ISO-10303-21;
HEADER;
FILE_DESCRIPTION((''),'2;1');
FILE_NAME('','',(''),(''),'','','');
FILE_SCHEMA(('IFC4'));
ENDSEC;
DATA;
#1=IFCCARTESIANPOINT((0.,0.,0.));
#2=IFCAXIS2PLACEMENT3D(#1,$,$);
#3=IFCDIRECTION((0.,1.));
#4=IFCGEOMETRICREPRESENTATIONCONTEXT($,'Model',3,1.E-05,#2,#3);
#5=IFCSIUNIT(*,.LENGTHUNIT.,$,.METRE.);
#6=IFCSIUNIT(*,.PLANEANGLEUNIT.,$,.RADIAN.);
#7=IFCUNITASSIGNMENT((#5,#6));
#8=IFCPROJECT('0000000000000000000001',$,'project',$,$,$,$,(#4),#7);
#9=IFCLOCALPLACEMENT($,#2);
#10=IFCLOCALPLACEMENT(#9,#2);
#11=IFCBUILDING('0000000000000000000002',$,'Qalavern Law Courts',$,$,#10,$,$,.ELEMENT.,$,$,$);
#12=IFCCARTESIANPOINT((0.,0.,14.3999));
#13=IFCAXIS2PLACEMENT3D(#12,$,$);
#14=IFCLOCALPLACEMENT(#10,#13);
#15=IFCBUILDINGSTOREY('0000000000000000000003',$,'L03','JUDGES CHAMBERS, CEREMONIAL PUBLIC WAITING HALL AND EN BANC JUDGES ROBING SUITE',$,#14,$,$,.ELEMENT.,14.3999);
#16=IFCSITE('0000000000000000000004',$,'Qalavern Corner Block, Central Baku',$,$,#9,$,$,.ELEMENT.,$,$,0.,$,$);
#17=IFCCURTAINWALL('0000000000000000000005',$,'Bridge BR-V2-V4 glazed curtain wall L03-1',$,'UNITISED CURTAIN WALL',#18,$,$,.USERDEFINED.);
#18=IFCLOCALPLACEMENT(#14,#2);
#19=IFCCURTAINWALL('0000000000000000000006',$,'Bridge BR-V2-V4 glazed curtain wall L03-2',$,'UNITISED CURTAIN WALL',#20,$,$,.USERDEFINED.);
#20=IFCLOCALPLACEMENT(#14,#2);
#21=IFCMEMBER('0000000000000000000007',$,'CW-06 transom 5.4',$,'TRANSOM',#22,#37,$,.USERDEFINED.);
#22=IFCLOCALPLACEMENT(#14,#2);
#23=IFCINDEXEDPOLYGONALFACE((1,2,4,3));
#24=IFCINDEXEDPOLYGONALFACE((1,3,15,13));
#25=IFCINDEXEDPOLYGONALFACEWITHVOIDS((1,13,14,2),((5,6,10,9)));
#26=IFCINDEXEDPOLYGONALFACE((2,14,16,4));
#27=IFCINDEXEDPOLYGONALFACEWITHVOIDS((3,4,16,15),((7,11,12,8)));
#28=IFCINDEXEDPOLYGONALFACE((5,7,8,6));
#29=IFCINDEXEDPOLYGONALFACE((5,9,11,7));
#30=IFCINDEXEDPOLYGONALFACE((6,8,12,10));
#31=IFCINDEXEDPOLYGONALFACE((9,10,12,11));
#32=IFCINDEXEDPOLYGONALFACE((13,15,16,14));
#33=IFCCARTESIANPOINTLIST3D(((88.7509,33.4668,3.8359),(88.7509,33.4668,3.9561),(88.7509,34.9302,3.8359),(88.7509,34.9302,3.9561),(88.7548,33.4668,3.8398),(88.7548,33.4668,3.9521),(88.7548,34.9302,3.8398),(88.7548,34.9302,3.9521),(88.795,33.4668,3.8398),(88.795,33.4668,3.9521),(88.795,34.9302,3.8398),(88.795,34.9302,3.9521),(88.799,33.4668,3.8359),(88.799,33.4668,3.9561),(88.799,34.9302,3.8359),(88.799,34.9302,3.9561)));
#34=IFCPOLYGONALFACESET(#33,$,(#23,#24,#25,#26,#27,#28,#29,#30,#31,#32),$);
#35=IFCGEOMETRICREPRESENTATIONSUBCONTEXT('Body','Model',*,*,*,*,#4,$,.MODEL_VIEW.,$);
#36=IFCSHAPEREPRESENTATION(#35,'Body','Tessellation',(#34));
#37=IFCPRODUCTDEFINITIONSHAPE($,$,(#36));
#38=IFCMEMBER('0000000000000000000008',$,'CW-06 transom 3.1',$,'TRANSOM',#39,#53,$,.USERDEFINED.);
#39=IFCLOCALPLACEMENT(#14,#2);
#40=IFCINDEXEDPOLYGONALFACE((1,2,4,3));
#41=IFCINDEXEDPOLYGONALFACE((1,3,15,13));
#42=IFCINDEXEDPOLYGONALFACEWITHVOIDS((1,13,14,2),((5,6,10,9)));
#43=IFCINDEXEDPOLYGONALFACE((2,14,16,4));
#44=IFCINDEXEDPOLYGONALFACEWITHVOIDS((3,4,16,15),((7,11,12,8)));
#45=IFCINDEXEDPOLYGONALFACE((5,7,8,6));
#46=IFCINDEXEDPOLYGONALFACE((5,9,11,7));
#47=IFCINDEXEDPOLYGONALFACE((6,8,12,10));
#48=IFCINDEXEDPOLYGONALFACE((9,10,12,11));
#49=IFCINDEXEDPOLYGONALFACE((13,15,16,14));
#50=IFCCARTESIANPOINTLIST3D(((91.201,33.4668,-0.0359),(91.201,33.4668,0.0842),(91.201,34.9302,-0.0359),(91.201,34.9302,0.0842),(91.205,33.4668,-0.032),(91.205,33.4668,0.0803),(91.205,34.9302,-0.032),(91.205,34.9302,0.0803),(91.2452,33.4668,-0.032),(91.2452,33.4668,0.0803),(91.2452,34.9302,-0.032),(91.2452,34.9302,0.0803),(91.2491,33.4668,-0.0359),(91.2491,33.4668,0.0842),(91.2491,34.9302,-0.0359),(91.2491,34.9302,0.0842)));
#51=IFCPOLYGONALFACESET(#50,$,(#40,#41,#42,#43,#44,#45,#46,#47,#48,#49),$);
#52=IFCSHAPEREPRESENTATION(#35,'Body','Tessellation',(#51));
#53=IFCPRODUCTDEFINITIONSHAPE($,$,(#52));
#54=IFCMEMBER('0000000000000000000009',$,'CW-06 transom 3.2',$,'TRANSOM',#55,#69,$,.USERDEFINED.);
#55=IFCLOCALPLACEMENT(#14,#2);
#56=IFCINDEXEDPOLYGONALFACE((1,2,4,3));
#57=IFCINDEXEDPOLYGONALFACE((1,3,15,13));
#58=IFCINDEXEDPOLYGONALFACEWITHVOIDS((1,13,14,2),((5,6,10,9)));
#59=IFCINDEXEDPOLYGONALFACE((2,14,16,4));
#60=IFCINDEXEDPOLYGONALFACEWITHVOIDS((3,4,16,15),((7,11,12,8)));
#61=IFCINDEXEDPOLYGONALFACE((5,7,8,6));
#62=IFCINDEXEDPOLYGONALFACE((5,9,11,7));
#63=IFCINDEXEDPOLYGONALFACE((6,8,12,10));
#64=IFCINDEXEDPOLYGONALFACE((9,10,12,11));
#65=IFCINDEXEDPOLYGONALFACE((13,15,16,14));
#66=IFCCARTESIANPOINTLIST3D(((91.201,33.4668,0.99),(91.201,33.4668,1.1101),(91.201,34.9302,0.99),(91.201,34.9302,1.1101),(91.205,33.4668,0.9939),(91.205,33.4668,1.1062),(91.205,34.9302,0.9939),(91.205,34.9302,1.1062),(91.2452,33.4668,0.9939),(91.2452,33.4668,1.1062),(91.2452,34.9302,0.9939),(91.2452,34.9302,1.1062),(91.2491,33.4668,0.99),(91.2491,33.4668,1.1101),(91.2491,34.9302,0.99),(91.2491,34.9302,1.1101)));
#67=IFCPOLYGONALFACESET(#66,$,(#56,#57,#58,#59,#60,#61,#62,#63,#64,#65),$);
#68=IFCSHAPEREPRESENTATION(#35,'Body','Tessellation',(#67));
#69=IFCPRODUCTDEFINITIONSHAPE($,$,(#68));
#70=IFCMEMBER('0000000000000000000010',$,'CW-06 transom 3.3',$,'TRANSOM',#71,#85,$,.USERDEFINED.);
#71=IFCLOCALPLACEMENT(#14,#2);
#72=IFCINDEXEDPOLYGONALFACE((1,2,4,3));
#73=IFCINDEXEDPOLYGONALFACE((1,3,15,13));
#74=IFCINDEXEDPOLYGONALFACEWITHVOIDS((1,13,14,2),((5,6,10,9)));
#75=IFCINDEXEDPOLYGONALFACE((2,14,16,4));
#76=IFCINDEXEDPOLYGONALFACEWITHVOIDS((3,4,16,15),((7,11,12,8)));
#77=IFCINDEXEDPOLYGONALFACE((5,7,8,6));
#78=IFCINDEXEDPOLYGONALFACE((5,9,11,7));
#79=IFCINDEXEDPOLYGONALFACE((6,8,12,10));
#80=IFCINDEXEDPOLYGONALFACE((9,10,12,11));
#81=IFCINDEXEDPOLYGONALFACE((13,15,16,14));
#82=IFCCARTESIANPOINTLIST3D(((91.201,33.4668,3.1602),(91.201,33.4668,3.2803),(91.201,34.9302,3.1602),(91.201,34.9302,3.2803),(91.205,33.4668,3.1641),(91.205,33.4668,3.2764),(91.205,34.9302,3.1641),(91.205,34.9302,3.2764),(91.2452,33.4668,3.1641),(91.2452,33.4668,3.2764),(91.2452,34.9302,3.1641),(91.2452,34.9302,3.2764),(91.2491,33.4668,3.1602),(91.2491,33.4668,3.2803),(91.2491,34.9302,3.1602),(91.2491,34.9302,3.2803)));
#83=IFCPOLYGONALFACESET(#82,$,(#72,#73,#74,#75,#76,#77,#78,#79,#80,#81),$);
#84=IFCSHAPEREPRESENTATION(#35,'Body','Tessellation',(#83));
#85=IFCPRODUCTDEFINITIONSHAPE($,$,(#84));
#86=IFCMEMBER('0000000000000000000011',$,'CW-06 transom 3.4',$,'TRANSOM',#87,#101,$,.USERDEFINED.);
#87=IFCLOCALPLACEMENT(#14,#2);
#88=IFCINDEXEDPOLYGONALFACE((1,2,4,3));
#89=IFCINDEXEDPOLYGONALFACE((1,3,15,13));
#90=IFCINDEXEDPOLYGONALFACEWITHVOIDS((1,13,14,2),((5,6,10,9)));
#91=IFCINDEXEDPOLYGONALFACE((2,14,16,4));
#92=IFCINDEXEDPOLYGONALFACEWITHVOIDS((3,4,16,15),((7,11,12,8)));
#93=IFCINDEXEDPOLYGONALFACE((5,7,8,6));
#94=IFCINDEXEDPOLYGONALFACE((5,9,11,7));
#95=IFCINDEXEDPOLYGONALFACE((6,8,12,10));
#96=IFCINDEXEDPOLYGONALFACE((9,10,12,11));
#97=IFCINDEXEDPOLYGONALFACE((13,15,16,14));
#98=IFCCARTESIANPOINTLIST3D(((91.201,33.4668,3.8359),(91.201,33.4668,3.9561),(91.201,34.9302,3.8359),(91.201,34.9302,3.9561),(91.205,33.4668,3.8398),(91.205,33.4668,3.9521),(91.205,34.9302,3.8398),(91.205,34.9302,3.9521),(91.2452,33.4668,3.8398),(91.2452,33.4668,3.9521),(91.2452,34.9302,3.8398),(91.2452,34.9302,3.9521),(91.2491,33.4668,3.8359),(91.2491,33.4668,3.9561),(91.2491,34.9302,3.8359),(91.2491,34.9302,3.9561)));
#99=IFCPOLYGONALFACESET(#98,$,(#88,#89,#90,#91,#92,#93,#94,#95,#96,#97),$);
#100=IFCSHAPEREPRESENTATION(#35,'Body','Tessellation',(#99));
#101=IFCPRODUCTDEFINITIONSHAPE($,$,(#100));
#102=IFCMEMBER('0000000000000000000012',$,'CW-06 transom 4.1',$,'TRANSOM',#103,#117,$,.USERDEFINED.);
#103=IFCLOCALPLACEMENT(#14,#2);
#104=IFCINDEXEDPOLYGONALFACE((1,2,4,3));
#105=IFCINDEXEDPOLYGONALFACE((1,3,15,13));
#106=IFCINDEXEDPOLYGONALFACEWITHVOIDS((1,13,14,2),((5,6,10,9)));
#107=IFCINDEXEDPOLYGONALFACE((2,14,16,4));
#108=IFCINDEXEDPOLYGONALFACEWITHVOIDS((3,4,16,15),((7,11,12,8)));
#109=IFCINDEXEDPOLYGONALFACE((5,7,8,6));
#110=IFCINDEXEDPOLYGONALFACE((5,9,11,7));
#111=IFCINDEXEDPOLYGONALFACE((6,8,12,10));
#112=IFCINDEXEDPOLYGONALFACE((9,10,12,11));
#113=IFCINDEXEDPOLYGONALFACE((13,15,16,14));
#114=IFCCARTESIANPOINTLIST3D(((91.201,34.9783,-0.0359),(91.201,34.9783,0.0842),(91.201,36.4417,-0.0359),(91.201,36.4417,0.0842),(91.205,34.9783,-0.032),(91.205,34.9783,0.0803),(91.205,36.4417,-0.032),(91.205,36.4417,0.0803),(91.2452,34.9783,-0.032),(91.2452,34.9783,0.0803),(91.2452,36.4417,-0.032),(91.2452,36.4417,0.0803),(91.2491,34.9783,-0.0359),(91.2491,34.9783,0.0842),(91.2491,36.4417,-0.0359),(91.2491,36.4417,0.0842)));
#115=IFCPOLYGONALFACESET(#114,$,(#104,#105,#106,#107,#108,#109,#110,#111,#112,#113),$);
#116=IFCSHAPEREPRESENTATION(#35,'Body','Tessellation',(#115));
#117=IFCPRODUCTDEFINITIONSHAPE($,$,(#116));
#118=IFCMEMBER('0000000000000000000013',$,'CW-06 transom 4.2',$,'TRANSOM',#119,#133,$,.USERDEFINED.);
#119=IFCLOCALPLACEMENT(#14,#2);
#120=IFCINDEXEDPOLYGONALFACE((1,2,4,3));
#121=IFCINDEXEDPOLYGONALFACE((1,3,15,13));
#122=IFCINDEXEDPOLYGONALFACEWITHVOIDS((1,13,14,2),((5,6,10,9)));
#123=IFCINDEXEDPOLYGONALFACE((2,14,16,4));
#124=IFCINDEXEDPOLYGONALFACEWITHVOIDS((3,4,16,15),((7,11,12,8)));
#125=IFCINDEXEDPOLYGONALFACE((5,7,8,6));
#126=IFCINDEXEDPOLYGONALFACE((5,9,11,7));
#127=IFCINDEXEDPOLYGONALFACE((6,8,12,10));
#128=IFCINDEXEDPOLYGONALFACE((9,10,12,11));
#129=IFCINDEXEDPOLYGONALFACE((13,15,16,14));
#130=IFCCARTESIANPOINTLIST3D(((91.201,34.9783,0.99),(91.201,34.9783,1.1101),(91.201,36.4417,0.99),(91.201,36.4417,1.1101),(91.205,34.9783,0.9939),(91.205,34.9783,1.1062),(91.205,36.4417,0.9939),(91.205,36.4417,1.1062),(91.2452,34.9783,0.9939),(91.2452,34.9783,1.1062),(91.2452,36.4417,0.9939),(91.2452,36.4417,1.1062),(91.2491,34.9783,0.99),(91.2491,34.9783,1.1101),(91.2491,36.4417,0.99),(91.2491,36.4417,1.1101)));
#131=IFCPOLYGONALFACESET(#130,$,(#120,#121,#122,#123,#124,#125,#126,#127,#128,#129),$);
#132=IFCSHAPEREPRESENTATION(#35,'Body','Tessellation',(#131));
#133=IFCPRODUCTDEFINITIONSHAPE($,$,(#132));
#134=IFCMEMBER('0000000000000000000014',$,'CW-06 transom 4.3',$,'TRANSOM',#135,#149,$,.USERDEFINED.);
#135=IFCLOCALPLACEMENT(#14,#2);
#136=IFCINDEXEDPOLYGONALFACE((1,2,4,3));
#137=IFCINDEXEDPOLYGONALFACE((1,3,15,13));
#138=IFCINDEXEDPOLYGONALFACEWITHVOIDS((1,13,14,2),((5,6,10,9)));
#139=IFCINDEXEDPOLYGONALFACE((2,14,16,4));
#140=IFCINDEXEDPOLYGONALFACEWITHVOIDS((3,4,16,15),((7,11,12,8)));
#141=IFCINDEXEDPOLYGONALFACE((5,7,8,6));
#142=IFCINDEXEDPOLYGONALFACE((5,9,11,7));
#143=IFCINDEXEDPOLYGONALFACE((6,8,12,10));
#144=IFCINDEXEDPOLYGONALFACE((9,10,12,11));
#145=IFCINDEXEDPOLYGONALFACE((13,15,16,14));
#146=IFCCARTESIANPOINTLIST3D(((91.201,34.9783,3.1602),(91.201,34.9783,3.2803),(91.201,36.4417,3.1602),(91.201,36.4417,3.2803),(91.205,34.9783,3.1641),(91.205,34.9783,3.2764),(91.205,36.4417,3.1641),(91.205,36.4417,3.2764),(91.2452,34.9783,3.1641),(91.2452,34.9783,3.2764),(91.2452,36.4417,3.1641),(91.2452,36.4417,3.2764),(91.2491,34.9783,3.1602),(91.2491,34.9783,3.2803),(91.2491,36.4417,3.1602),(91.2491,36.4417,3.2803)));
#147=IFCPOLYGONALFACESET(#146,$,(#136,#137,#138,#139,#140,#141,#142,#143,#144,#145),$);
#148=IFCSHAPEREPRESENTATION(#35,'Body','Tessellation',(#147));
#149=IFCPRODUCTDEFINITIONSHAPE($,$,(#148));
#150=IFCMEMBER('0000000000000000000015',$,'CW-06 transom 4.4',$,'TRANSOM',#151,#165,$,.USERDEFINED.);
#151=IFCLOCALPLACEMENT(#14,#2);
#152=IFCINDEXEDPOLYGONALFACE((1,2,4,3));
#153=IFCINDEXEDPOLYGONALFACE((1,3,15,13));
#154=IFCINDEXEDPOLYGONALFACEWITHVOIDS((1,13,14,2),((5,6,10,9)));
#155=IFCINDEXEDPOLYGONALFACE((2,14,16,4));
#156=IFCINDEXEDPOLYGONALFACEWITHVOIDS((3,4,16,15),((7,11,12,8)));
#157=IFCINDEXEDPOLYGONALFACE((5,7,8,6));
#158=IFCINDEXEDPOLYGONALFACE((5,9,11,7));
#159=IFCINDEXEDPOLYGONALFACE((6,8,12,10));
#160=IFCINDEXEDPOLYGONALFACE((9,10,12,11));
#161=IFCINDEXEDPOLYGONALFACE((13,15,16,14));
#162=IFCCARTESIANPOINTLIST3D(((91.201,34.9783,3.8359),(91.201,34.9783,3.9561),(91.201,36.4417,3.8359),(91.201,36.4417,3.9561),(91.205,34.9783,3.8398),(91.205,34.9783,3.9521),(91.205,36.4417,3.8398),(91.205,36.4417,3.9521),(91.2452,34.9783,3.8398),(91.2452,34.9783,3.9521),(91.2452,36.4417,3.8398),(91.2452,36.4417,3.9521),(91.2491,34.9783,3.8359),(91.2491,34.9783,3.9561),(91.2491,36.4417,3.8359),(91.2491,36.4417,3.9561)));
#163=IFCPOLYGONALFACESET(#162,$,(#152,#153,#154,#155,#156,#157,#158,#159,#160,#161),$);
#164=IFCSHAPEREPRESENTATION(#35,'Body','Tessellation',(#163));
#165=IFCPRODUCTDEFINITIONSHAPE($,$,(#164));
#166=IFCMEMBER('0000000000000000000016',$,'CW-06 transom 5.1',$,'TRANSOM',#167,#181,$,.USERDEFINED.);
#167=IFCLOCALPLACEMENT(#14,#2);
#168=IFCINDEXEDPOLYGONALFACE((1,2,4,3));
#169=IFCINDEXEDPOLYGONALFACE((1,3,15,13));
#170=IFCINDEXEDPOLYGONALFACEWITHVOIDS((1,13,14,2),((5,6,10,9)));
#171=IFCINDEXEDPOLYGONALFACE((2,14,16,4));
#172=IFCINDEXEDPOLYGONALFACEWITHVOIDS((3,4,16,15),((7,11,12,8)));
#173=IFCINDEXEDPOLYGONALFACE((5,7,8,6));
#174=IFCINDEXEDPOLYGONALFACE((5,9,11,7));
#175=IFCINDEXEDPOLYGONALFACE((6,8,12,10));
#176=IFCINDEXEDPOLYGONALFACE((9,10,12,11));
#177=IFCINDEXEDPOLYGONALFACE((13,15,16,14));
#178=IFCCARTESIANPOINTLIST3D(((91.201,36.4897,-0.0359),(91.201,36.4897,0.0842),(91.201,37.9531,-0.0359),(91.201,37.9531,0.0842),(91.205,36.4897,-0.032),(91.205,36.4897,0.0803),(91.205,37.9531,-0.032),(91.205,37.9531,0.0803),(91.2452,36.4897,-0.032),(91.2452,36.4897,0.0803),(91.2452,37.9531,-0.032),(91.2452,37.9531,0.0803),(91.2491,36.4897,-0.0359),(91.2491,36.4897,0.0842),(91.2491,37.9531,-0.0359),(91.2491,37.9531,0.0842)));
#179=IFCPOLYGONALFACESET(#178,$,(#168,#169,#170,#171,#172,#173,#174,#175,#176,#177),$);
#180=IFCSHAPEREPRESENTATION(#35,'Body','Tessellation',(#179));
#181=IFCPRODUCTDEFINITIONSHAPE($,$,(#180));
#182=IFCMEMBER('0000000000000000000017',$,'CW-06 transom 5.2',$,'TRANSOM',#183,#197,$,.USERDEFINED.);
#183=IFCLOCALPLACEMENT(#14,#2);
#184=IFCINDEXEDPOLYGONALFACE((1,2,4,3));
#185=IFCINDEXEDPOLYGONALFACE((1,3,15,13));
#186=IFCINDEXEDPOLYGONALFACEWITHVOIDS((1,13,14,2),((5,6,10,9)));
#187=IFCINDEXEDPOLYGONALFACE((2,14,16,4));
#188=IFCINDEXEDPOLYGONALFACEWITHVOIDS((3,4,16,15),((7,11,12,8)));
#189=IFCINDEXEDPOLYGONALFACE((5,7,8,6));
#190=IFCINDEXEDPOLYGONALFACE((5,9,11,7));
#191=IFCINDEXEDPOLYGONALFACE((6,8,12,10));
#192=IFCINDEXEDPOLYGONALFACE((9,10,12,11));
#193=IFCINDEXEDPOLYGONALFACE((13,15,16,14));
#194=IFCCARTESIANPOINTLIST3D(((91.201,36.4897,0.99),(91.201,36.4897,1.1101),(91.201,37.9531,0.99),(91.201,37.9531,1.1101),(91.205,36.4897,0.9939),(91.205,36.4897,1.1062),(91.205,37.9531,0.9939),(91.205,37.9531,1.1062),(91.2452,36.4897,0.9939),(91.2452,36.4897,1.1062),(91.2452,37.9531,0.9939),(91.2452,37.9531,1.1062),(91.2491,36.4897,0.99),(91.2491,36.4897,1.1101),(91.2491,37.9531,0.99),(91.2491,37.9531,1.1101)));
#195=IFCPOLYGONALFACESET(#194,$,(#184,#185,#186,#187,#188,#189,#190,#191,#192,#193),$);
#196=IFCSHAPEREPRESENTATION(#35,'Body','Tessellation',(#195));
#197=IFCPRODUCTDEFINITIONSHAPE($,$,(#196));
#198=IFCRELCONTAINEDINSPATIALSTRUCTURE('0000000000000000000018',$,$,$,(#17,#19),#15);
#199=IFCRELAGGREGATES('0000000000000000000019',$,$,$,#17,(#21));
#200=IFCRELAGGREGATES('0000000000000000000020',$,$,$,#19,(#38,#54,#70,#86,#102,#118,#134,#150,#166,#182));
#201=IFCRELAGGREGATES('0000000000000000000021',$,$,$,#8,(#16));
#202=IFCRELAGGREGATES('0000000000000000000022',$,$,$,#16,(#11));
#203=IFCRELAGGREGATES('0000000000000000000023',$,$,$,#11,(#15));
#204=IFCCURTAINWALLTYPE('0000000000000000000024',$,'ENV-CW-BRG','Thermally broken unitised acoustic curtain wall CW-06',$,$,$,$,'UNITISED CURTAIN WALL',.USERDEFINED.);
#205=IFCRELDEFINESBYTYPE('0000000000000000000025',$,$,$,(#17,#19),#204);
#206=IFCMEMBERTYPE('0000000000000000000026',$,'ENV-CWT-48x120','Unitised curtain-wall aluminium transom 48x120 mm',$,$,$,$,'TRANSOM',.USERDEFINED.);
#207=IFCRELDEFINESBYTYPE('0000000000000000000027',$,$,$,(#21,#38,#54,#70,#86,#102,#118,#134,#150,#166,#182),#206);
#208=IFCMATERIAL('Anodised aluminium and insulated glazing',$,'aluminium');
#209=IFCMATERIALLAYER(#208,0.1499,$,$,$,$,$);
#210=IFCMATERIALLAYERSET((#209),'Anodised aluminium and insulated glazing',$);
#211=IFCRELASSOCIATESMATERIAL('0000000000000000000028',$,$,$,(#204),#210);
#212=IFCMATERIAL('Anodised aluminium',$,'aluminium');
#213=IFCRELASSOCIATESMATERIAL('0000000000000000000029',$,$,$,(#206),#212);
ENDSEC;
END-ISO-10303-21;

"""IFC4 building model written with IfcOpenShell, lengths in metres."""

from ifc_helpers import new_model, si_unit, direction, frame, origin, origin_2d, place, context, subcontext, project, spatial, hollow_rectangle, extrude, material, layer, layer_set, material_profile, profile_set, type_object, element, aggregate, save


model = new_model("IFC4")

# Units and contexts
model_context = context("Model", 3, precision=1e-05, world=origin(), true_north=direction((0.0, 1.0)))
body_context = subcontext(model_context, "Body", "Model", "MODEL_VIEW")
ifc_project = project(units=[si_unit("LENGTHUNIT", "METRE"), si_unit("PLANEANGLEUNIT", "RADIAN")], contexts=[model_context])

# Site, building, storey
site_placement = place(None, origin())
site = spatial("IfcSite", under=ifc_project, at=site_placement, Name="Qalavern Corner Block, Central Baku", CompositionType="ELEMENT", RefElevation=0.0)
building_placement = place(site_placement, origin())
building = spatial("IfcBuilding", under=site, at=building_placement, Name="Qalavern Law Courts", CompositionType="ELEMENT")
storey_placement = place(building_placement, frame((0.0, 0.0, 14.3999)))
storey = spatial("IfcBuildingStorey", under=building, at=storey_placement, Name="L03", Description="JUDGES CHAMBERS, CEREMONIAL PUBLIC WAITING HALL AND EN BANC JUDGES ROBING SUITE", CompositionType="ELEMENT", Elevation=14.3999)

# Curtain walls
ifc_material_1 = material(Name="Anodised aluminium and insulated glazing", Category="aluminium")
ifc_layer_1 = layer(ifc_material_1, 0.1499)
ifc_layer_set_1 = layer_set([ifc_layer_1], Name="Anodised aluminium and insulated glazing")
curtain_wall_type = type_object("IfcCurtainWallType", Name="ENV-CW-BRG", Description="Thermally broken unitised acoustic curtain wall CW-06", ElementType="UNITISED CURTAIN WALL", PredefinedType="USERDEFINED", material=ifc_layer_set_1)
curtain_wall_1_placement = place(storey_placement, origin())
curtain_wall_1 = element("IfcCurtainWall", 1, at=curtain_wall_1_placement, inside=storey, type_object=curtain_wall_type, Name="Bridge BR-V2-V4 glazed curtain wall L03-1", ObjectType="UNITISED CURTAIN WALL", PredefinedType="USERDEFINED")
ifc_material_2 = material(Name="Anodised aluminium", Category="aluminium")
curtain_wall_2_placement = place(storey_placement, origin())
curtain_wall_2 = element("IfcCurtainWall", 2, at=curtain_wall_2_placement, inside=storey, type_object=curtain_wall_type, Name="Bridge BR-V2-V4 glazed curtain wall L03-2", ObjectType="UNITISED CURTAIN WALL", PredefinedType="USERDEFINED")

# Members
ifc_material_profile_1 = material_profile(ifc_material_2, hollow_rectangle(XDim=0.0481, YDim=0.1201, WallThickness=0.0039, at=origin_2d()), Name="ALU TRANSOM 48x120")
ifc_profile_set_1 = profile_set([ifc_material_profile_1], Name="Anodised aluminium")
member_type_1 = type_object("IfcMemberType", Name="ENV-CWT-48x120", Description="Unitised curtain-wall aluminium transom 48x120 mm", ElementType="TRANSOM", PredefinedType="USERDEFINED", material=ifc_profile_set_1)
member_1_placement = place(storey_placement, frame((88.7749, 34.9302, 3.896), z_axis=(0.0, -1.0, 0.0), x_axis=(1.0, 0.0, 0.0)))
member_1 = element("IfcMember", 3, at=member_1_placement, type_object=member_type_1, Name="CW-06 transom 5.4", ObjectType="TRANSOM", PredefinedType="USERDEFINED", context=body_context, shape_type="SweptSolid", body=[
    extrude(hollow_rectangle(XDim=0.0481, YDim=0.1201, WallThickness=0.0039, at=origin_2d()), origin(), (0.0, 0.0, 1.0), 1.4634),
])
member_2_placement = place(storey_placement, frame((91.2251, 33.4668, 0.0242), z_axis=(0.0, 1.0, 0.0), x_axis=(-1.0, 0.0, 0.0)))
member_2 = element("IfcMember", 4, at=member_2_placement, type_object=member_type_1, Name="CW-06 transom 3.1", ObjectType="TRANSOM", PredefinedType="USERDEFINED", context=body_context, shape_type="SweptSolid", body=[
    extrude(hollow_rectangle(XDim=0.0481, YDim=0.1201, WallThickness=0.0039, at=origin_2d()), origin(), (0.0, 0.0, 1.0), 1.4634),
])
member_3_placement = place(storey_placement, frame((91.2251, 33.4668, 1.05), z_axis=(0.0, 1.0, 0.0), x_axis=(-1.0, 0.0, 0.0)))
member_3 = element("IfcMember", 5, at=member_3_placement, type_object=member_type_1, Name="CW-06 transom 3.2", ObjectType="TRANSOM", PredefinedType="USERDEFINED", context=body_context, shape_type="SweptSolid", body=[
    extrude(hollow_rectangle(XDim=0.0481, YDim=0.1201, WallThickness=0.0039, at=origin_2d()), origin(), (0.0, 0.0, 1.0), 1.4634),
])
member_4_placement = place(storey_placement, frame((91.2251, 33.4668, 3.2202), z_axis=(0.0, 1.0, 0.0), x_axis=(-1.0, 0.0, 0.0)))
member_4 = element("IfcMember", 6, at=member_4_placement, type_object=member_type_1, Name="CW-06 transom 3.3", ObjectType="TRANSOM", PredefinedType="USERDEFINED", context=body_context, shape_type="SweptSolid", body=[
    extrude(hollow_rectangle(XDim=0.0481, YDim=0.1201, WallThickness=0.0039, at=origin_2d()), origin(), (0.0, 0.0, 1.0), 1.4634),
])
member_5_placement = place(storey_placement, frame((91.2251, 33.4668, 3.896), z_axis=(0.0, 1.0, 0.0), x_axis=(-1.0, 0.0, 0.0)))
member_5 = element("IfcMember", 7, at=member_5_placement, type_object=member_type_1, Name="CW-06 transom 3.4", ObjectType="TRANSOM", PredefinedType="USERDEFINED", context=body_context, shape_type="SweptSolid", body=[
    extrude(hollow_rectangle(XDim=0.0481, YDim=0.1201, WallThickness=0.0039, at=origin_2d()), origin(), (0.0, 0.0, 1.0), 1.4634),
])
member_6_placement = place(storey_placement, frame((91.2251, 34.9783, 0.0242), z_axis=(0.0, 1.0, 0.0), x_axis=(-1.0, 0.0, 0.0)))
member_6 = element("IfcMember", 8, at=member_6_placement, type_object=member_type_1, Name="CW-06 transom 4.1", ObjectType="TRANSOM", PredefinedType="USERDEFINED", context=body_context, shape_type="SweptSolid", body=[
    extrude(hollow_rectangle(XDim=0.0481, YDim=0.1201, WallThickness=0.0039, at=origin_2d()), origin(), (0.0, 0.0, 1.0), 1.4634),
])
member_7_placement = place(storey_placement, frame((91.2251, 34.9783, 1.05), z_axis=(0.0, 1.0, 0.0), x_axis=(-1.0, 0.0, 0.0)))
member_7 = element("IfcMember", 9, at=member_7_placement, type_object=member_type_1, Name="CW-06 transom 4.2", ObjectType="TRANSOM", PredefinedType="USERDEFINED", context=body_context, shape_type="SweptSolid", body=[
    extrude(hollow_rectangle(XDim=0.0481, YDim=0.1201, WallThickness=0.0039, at=origin_2d()), origin(), (0.0, 0.0, 1.0), 1.4634),
])
member_8_placement = place(storey_placement, frame((91.2251, 34.9783, 3.2202), z_axis=(0.0, 1.0, 0.0), x_axis=(-1.0, 0.0, 0.0)))
member_8 = element("IfcMember", 10, at=member_8_placement, type_object=member_type_1, Name="CW-06 transom 4.3", ObjectType="TRANSOM", PredefinedType="USERDEFINED", context=body_context, shape_type="SweptSolid", body=[
    extrude(hollow_rectangle(XDim=0.0481, YDim=0.1201, WallThickness=0.0039, at=origin_2d()), origin(), (0.0, 0.0, 1.0), 1.4634),
])
member_9_placement = place(storey_placement, frame((91.2251, 34.9783, 3.896), z_axis=(0.0, 1.0, 0.0), x_axis=(-1.0, 0.0, 0.0)))
member_9 = element("IfcMember", 11, at=member_9_placement, type_object=member_type_1, Name="CW-06 transom 4.4", ObjectType="TRANSOM", PredefinedType="USERDEFINED", context=body_context, shape_type="SweptSolid", body=[
    extrude(hollow_rectangle(XDim=0.0481, YDim=0.1201, WallThickness=0.0039, at=origin_2d()), origin(), (0.0, 0.0, 1.0), 1.4634),
])
member_10_placement = place(storey_placement, frame((91.2251, 36.4897, 0.0242), z_axis=(0.0, 1.0, 0.0), x_axis=(-1.0, 0.0, 0.0)))
member_10 = element("IfcMember", 12, at=member_10_placement, type_object=member_type_1, Name="CW-06 transom 5.1", ObjectType="TRANSOM", PredefinedType="USERDEFINED", context=body_context, shape_type="SweptSolid", body=[
    extrude(hollow_rectangle(XDim=0.0481, YDim=0.1201, WallThickness=0.0039, at=origin_2d()), origin(), (0.0, 0.0, 1.0), 1.4634),
])
member_11_placement = place(storey_placement, frame((91.2251, 36.4897, 1.05), z_axis=(0.0, 1.0, 0.0), x_axis=(-1.0, 0.0, 0.0)))
member_11 = element("IfcMember", 13, at=member_11_placement, type_object=member_type_1, Name="CW-06 transom 5.2", ObjectType="TRANSOM", PredefinedType="USERDEFINED", context=body_context, shape_type="SweptSolid", body=[
    extrude(hollow_rectangle(XDim=0.0481, YDim=0.1201, WallThickness=0.0039, at=origin_2d()), origin(), (0.0, 0.0, 1.0), 1.4634),
])

aggregate(curtain_wall_1, [member_1])
aggregate(curtain_wall_2, [member_2, member_3, member_4, member_5, member_6, member_7, member_8, member_9, member_10, member_11])

save(model, "model.ifc")
